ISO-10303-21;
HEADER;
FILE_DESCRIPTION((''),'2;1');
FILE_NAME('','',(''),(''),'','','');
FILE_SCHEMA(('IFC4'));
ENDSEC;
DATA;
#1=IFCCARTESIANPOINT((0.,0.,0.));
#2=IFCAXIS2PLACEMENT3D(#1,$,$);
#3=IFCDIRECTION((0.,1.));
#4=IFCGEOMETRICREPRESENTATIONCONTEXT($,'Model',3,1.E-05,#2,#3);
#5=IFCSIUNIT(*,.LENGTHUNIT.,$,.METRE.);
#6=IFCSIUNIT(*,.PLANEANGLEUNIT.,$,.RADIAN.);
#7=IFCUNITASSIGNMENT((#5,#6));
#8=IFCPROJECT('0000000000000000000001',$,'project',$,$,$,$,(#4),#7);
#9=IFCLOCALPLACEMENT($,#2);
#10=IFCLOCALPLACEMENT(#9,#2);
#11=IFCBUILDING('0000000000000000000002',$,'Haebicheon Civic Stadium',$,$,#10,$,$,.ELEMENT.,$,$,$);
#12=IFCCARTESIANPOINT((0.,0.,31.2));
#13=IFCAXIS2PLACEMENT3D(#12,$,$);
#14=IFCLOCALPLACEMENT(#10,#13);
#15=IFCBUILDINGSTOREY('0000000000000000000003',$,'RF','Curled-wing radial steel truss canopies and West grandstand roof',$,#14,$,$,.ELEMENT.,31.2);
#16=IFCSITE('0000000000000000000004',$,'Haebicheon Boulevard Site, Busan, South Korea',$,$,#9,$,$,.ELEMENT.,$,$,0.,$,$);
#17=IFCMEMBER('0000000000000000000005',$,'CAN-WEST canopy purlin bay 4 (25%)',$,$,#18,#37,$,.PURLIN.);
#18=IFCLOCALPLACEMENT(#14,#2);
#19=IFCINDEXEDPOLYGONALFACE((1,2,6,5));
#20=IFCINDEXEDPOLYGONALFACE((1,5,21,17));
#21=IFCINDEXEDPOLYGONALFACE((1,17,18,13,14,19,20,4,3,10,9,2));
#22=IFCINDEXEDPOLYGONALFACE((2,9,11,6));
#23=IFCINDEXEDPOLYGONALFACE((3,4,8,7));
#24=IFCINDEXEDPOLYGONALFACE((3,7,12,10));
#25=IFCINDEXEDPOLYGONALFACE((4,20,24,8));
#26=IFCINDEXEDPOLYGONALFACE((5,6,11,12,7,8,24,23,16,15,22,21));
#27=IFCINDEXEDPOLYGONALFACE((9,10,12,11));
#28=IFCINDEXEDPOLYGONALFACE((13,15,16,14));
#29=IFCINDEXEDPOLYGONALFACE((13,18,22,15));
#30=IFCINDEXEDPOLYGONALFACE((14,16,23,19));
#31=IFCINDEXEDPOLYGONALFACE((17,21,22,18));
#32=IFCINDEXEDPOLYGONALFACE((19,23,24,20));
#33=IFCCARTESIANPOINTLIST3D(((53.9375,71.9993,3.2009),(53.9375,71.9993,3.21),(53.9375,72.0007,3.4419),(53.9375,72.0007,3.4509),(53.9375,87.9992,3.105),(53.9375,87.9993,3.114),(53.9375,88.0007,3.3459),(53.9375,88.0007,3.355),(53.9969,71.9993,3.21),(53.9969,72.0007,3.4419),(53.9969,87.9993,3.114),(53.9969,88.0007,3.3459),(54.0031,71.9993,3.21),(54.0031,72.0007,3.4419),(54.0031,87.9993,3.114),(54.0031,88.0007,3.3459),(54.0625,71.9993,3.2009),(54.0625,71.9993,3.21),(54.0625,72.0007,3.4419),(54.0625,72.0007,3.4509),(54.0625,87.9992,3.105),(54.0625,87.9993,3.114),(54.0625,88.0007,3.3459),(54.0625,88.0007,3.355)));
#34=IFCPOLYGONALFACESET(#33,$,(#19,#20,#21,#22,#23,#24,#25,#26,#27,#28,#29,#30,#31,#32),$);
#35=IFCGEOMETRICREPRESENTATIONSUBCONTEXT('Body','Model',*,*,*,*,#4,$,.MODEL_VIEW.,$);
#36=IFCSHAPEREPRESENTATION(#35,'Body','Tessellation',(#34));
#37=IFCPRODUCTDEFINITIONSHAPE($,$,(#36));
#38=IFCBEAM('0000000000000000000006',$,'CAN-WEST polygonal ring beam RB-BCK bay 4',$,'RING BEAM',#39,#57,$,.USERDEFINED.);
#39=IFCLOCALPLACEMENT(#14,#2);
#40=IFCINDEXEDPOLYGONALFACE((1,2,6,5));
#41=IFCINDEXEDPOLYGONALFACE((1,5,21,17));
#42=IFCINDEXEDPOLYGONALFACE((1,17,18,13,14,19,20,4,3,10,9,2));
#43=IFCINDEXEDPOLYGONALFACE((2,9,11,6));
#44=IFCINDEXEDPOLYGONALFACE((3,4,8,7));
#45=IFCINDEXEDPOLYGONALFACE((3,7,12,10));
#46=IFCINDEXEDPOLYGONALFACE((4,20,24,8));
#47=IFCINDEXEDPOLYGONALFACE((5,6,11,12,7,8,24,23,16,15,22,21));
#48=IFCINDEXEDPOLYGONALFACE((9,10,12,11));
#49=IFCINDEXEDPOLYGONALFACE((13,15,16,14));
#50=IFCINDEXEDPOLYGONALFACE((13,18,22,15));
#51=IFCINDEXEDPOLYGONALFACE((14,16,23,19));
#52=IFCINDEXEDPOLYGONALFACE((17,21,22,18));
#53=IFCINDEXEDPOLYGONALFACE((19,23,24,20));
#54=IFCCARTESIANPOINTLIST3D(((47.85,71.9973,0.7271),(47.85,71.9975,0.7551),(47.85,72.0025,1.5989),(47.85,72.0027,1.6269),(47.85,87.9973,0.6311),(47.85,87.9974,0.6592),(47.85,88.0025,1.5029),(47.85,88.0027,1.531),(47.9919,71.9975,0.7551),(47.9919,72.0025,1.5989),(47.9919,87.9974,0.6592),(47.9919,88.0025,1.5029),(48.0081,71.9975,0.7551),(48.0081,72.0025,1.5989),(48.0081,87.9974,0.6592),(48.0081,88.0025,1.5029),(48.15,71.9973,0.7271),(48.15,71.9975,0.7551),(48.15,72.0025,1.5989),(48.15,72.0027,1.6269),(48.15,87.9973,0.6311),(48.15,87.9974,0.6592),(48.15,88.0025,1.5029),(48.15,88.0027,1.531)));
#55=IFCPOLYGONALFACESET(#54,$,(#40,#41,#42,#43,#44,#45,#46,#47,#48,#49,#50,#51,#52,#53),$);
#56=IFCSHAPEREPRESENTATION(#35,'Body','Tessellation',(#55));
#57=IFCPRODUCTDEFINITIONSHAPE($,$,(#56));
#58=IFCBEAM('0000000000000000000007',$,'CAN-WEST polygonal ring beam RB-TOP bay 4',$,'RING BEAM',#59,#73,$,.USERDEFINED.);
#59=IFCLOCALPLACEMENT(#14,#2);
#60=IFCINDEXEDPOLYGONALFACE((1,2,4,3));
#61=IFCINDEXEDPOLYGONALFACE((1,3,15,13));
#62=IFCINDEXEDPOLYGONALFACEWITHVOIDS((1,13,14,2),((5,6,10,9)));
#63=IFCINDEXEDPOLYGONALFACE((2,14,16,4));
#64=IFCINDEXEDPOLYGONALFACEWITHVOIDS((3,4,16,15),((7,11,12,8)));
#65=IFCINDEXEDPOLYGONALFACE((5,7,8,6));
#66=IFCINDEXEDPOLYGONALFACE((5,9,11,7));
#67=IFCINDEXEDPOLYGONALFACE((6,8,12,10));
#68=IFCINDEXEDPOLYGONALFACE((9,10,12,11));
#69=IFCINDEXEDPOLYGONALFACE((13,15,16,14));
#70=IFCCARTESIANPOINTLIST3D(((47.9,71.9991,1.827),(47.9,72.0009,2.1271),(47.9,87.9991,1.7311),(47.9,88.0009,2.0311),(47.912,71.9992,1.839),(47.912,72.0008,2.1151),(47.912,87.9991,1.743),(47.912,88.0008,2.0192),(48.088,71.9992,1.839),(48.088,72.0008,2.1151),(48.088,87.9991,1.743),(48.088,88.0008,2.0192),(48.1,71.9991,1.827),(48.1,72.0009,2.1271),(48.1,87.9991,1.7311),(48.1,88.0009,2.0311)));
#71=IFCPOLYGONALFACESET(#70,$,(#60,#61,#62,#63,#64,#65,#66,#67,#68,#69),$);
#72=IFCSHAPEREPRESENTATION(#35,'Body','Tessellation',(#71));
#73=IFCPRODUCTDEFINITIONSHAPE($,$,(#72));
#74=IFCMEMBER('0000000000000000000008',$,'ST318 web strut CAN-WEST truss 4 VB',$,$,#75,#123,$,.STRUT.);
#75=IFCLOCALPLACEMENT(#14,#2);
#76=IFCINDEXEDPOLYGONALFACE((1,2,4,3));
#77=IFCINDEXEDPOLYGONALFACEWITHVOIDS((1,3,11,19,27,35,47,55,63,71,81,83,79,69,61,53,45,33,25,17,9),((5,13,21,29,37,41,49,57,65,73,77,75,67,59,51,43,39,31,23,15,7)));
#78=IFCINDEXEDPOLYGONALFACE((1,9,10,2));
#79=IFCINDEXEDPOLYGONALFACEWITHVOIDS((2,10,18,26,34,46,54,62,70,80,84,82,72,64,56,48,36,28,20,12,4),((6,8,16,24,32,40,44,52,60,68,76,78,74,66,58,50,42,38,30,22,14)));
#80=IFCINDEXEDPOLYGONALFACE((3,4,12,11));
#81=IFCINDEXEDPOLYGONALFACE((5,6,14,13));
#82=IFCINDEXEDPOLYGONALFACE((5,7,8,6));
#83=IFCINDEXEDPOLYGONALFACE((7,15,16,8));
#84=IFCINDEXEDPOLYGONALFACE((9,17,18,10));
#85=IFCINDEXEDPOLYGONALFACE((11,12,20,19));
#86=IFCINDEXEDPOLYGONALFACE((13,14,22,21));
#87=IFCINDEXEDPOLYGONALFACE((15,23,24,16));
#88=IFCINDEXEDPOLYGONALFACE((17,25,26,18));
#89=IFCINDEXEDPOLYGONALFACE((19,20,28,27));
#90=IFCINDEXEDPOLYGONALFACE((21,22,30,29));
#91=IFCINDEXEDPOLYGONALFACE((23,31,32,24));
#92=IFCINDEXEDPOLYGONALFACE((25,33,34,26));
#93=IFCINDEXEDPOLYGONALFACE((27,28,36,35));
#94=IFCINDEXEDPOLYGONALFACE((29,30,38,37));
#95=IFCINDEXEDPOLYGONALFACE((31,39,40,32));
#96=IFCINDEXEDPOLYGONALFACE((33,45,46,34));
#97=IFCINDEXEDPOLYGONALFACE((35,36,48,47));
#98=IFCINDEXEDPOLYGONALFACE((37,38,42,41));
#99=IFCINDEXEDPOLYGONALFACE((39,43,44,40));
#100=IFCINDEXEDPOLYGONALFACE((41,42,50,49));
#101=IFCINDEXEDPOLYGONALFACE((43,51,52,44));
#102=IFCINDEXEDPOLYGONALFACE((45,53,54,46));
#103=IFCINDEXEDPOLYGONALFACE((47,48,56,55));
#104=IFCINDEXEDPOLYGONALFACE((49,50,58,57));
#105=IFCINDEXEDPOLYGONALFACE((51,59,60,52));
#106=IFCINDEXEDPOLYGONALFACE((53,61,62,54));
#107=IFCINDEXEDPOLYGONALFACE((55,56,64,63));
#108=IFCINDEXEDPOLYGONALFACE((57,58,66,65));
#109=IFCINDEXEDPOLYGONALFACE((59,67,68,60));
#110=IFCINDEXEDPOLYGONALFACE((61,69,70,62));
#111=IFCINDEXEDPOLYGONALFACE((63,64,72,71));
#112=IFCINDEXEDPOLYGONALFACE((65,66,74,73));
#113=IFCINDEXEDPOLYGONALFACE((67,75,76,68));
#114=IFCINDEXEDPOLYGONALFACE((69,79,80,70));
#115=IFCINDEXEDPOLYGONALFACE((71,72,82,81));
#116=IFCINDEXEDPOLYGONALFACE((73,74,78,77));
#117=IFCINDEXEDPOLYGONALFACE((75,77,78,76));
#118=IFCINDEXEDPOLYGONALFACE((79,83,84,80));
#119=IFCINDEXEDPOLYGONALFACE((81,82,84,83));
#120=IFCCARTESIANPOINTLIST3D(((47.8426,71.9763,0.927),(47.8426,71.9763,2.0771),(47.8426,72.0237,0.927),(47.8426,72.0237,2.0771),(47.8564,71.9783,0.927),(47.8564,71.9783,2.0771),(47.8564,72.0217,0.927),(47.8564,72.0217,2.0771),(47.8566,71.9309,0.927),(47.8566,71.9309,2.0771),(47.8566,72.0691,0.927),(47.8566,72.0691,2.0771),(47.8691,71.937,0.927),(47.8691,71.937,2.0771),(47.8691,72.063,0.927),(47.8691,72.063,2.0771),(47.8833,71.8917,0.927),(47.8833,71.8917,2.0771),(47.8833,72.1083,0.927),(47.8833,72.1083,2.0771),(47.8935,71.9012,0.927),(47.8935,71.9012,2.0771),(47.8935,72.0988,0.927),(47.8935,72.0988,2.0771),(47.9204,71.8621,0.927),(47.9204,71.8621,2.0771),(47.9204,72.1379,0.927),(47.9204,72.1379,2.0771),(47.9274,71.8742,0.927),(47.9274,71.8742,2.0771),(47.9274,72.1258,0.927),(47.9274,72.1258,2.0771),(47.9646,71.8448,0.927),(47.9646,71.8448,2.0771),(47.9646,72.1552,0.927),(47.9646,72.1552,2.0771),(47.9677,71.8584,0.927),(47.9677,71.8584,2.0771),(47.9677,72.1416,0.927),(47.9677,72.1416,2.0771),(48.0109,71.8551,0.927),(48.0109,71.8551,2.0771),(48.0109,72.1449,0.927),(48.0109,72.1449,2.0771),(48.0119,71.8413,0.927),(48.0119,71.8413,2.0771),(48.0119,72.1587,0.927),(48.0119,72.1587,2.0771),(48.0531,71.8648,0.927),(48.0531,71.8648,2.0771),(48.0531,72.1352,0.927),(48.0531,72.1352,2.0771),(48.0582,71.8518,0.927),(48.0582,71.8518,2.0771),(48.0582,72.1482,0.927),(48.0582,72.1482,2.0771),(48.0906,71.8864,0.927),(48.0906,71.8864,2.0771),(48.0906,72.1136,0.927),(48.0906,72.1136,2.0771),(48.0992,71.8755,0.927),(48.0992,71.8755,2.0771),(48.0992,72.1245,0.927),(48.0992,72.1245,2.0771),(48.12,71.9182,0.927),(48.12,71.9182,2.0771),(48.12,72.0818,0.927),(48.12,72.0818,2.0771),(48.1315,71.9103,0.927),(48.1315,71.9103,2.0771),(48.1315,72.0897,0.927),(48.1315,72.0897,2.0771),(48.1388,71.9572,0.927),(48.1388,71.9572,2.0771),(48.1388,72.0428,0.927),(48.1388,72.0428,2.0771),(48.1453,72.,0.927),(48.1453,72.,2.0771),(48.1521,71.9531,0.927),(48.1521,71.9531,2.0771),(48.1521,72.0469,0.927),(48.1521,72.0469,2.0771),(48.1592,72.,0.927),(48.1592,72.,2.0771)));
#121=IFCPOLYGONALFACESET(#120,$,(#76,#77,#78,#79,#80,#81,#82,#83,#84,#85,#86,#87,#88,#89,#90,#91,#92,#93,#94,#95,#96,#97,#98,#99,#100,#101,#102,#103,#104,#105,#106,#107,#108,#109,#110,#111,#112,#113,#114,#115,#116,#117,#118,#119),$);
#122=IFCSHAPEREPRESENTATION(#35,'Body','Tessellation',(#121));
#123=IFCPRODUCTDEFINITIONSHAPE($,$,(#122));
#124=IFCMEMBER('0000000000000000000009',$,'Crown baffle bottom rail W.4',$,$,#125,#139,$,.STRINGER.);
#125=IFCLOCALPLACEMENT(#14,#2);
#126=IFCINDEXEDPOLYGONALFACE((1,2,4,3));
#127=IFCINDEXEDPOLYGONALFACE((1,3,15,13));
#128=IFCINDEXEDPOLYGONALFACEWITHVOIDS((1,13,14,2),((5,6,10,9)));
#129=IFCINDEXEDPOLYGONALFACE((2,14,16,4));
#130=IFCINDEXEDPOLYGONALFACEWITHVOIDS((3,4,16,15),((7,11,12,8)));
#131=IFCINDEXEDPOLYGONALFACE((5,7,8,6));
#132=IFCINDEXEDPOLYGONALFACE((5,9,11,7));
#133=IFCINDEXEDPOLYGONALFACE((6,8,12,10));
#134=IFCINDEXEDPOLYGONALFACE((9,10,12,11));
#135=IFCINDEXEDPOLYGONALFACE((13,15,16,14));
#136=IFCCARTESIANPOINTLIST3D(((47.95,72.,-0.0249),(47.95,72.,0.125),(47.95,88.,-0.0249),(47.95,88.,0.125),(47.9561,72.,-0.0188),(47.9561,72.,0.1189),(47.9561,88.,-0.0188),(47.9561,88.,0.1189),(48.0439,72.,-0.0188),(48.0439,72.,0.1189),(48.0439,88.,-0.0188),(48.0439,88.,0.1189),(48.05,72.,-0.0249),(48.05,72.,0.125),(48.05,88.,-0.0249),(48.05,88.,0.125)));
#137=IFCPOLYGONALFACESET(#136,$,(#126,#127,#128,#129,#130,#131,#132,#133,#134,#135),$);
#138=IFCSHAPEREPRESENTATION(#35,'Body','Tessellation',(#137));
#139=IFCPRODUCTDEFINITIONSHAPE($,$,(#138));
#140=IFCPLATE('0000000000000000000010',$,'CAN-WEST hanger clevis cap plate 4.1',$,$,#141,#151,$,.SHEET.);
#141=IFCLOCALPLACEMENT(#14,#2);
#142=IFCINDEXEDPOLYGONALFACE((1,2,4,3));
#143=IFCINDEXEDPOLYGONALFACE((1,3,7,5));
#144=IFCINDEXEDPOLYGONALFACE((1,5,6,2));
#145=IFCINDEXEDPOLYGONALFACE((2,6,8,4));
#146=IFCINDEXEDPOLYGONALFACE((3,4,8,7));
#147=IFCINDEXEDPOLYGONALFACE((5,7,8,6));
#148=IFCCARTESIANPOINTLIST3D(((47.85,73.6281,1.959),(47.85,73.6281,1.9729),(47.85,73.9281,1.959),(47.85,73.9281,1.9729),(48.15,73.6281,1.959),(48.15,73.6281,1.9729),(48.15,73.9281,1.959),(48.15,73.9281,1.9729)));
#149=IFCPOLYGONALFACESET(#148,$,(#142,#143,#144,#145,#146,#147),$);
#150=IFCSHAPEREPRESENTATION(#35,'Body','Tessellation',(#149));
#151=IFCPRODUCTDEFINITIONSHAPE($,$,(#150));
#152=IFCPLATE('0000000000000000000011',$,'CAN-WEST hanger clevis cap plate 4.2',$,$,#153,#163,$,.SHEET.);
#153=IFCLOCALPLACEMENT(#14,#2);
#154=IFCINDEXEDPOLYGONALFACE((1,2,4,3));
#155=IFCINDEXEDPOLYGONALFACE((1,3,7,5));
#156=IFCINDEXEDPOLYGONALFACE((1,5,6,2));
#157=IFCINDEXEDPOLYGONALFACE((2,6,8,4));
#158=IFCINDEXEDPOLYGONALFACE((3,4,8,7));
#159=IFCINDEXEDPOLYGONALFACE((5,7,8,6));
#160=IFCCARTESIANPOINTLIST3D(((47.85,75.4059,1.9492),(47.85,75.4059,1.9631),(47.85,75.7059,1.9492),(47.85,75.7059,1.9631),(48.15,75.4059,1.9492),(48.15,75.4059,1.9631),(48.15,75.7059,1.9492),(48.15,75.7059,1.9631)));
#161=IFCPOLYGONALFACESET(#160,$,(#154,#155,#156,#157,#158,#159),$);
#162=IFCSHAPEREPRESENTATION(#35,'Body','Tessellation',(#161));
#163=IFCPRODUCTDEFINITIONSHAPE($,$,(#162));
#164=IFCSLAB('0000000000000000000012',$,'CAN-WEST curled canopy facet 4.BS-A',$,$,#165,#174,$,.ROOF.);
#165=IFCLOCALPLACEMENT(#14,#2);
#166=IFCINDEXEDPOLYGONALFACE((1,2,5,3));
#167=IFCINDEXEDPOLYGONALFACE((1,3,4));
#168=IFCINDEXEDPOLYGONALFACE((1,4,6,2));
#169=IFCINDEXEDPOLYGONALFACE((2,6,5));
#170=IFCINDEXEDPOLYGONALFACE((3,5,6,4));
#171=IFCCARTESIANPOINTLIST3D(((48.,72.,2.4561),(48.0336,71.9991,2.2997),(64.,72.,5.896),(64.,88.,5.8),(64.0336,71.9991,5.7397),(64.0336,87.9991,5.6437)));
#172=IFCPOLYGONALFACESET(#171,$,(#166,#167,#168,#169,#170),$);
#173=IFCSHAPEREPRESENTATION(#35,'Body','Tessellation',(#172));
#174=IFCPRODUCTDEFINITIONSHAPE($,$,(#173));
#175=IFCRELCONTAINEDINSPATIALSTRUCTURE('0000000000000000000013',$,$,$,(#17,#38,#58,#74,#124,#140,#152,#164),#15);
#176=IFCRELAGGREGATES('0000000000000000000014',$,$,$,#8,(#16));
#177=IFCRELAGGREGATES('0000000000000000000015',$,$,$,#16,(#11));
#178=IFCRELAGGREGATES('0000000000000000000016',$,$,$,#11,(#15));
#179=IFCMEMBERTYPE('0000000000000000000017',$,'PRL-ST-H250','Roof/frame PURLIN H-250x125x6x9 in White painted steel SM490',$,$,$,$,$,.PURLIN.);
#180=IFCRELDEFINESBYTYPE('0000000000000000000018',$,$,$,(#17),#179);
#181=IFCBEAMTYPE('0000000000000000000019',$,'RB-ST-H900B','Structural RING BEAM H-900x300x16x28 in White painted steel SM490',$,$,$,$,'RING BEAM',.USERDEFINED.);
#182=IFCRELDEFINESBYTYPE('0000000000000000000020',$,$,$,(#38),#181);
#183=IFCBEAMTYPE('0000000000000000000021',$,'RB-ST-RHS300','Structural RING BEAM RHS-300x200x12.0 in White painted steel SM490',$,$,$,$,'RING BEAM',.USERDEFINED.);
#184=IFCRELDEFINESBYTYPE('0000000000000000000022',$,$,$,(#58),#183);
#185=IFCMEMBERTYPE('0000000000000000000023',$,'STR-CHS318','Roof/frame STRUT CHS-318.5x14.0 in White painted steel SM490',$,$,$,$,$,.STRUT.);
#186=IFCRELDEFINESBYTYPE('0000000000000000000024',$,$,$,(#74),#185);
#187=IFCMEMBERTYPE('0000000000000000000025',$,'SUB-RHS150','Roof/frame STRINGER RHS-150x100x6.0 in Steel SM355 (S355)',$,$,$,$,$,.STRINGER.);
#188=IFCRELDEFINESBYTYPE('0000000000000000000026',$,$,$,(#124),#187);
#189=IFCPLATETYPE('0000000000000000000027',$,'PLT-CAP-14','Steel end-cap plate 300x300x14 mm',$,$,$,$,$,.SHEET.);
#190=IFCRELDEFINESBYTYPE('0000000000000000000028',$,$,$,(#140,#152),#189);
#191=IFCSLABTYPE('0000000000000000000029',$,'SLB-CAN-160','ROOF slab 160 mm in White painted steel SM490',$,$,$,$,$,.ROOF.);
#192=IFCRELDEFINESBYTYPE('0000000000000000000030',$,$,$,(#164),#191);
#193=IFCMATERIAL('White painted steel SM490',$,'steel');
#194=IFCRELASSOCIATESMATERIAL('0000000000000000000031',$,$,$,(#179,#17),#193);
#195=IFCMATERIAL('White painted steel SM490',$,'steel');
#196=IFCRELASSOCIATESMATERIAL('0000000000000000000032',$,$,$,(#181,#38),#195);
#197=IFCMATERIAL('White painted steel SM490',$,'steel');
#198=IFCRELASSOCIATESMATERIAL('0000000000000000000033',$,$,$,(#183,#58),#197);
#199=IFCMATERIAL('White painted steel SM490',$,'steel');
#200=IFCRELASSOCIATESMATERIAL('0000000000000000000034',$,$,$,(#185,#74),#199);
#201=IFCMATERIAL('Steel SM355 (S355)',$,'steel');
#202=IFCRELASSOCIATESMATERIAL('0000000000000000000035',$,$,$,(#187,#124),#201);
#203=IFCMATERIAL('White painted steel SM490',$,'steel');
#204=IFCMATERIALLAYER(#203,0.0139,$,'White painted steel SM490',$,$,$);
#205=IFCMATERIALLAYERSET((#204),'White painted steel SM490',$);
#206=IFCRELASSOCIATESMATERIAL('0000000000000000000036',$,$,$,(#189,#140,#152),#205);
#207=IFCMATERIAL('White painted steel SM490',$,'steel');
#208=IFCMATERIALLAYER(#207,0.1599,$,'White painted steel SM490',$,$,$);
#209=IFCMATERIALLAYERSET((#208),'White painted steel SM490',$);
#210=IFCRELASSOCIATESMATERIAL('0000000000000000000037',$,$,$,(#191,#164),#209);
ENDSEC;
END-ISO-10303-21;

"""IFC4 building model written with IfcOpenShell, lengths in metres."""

from ifc_helpers import new_model, si_unit, direction, frame, origin, origin_2d, place, context, subcontext, project, spatial, polyline, rectangle, hollow_rectangle, hollow_circle, i_section, outline, extrude, material, layer, layer_set, material_profile, profile_set, type_object, element, save


model = new_model("IFC4")

# Units and contexts
model_context = context("Model", 3, precision=1e-05, world=origin(), true_north=direction((0.0, 1.0)))
body_context = subcontext(model_context, "Body", "Model", "MODEL_VIEW")
ifc_project = project(units=[si_unit("LENGTHUNIT", "METRE"), si_unit("PLANEANGLEUNIT", "RADIAN")], contexts=[model_context])

# Site, building, storey
site_placement = place(None, origin())
site = spatial("IfcSite", under=ifc_project, at=site_placement, Name="Haebicheon Boulevard Site, Busan, South Korea", CompositionType="ELEMENT", RefElevation=0.0)
building_placement = place(site_placement, origin())
building = spatial("IfcBuilding", under=site, at=building_placement, Name="Haebicheon Civic Stadium", CompositionType="ELEMENT")
storey_placement = place(building_placement, frame((0.0, 0.0, 31.2)))
storey = spatial("IfcBuildingStorey", under=building, at=storey_placement, Name="RF", Description="Curled-wing radial steel truss canopies and West grandstand roof", CompositionType="ELEMENT", Elevation=31.2)

# Member
ifc_material_1 = material(Name="White painted steel SM490", Category="steel")
ifc_material_profile_1 = material_profile(ifc_material_1, i_section(OverallWidth=0.125, OverallDepth=0.25, WebThickness=0.0061, FlangeThickness=0.009, at=origin_2d()), Name="H-250x125x6x9")
ifc_profile_set_1 = profile_set([ifc_material_profile_1], Name="White painted steel SM490")
member_type_1 = type_object("IfcMemberType", Name="PRL-ST-H250", Description="Roof/frame PURLIN H-250x125x6x9 in White painted steel SM490", PredefinedType="PURLIN", material=ifc_profile_set_1)
member_1_placement = place(storey_placement, frame((54.0, 72.0, 3.3259), z_axis=(0.0, 0.999982, -0.005997), x_axis=(-1.0, 0.0, 0.0)))
element("IfcMember", 1, at=member_1_placement, inside=storey, type_object=member_type_1, material=ifc_profile_set_1, Name="CAN-WEST canopy purlin bay 4 (25%)", PredefinedType="PURLIN", context=body_context, shape_type="SweptSolid", body=[
    extrude(i_section(OverallWidth=0.125, OverallDepth=0.25, WebThickness=0.0061, FlangeThickness=0.009, at=origin_2d()), origin(), (0.0, 0.0, 1.0), 16.0002),
])

# Beams
ifc_material_2 = material(Name="White painted steel SM490", Category="steel")
ifc_material_profile_2 = material_profile(ifc_material_2, i_section(OverallWidth=0.3, OverallDepth=0.8999, WebThickness=0.0161, FlangeThickness=0.0281, at=origin_2d()), Name="H-900x300x16x28")
ifc_profile_set_2 = profile_set([ifc_material_profile_2], Name="White painted steel SM490")
beam_type_1 = type_object("IfcBeamType", Name="RB-ST-H900B", Description="Structural RING BEAM H-900x300x16x28 in White painted steel SM490", ElementType="RING BEAM", PredefinedType="USERDEFINED", material=ifc_profile_set_2)
beam_1_placement = place(storey_placement, frame((48.0, 72.0, 1.177), z_axis=(0.0, 0.999982, -0.005997), x_axis=(-1.0, 0.0, 0.0)))
element("IfcBeam", 2, at=beam_1_placement, inside=storey, type_object=beam_type_1, material=ifc_profile_set_2, Name="CAN-WEST polygonal ring beam RB-BCK bay 4", ObjectType="RING BEAM", PredefinedType="USERDEFINED", context=body_context, shape_type="SweptSolid", body=[
    extrude(i_section(OverallWidth=0.3, OverallDepth=0.8999, WebThickness=0.0161, FlangeThickness=0.0281, at=origin_2d()), origin(), (0.0, 0.0, 1.0), 16.0002),
])
ifc_material_3 = material(Name="White painted steel SM490", Category="steel")
ifc_material_profile_3 = material_profile(ifc_material_3, hollow_rectangle(XDim=0.2, YDim=0.3, WallThickness=0.012, at=origin_2d()), Name="RHS-300x200x12.0")
ifc_profile_set_3 = profile_set([ifc_material_profile_3], Name="White painted steel SM490")
beam_type_2 = type_object("IfcBeamType", Name="RB-ST-RHS300", Description="Structural RING BEAM RHS-300x200x12.0 in White painted steel SM490", ElementType="RING BEAM", PredefinedType="USERDEFINED", material=ifc_profile_set_3)
beam_2_placement = place(storey_placement, frame((48.0, 72.0, 1.9771), z_axis=(0.0, 0.999982, -0.005997), x_axis=(-1.0, 0.0, 0.0)))
element("IfcBeam", 3, at=beam_2_placement, inside=storey, type_object=beam_type_2, material=ifc_profile_set_3, Name="CAN-WEST polygonal ring beam RB-TOP bay 4", ObjectType="RING BEAM", PredefinedType="USERDEFINED", context=body_context, shape_type="SweptSolid", body=[
    extrude(hollow_rectangle(XDim=0.2, YDim=0.3, WallThickness=0.012, at=origin_2d()), origin(), (0.0, 0.0, 1.0), 16.0002),
])

# Members
ifc_material_4 = material(Name="White painted steel SM490", Category="steel")
ifc_material_profile_4 = material_profile(ifc_material_4, hollow_circle(Radius=0.1592, WallThickness=0.0139, at=origin_2d()), Name="CHS-318.5x14.0")
ifc_profile_set_4 = profile_set([ifc_material_profile_4], Name="White painted steel SM490")
member_type_2 = type_object("IfcMemberType", Name="STR-CHS318", Description="Roof/frame STRUT CHS-318.5x14.0 in White painted steel SM490", PredefinedType="STRUT", material=ifc_profile_set_4)
member_2_placement = place(storey_placement, frame((48.0, 72.0, 0.927), z_axis=(0.0, 0.0, 1.0), x_axis=(1.0, 0.0, 0.0)))
element("IfcMember", 4, at=member_2_placement, inside=storey, type_object=member_type_2, material=ifc_profile_set_4, Name="ST318 web strut CAN-WEST truss 4 VB", PredefinedType="STRUT", context=body_context, shape_type="SweptSolid", body=[
    extrude(hollow_circle(Radius=0.1592, WallThickness=0.0139, at=origin_2d()), origin(), (0.0, 0.0, 1.0), 1.1501),
])
ifc_material_5 = material(Name="Steel SM355 (S355)", Category="steel")
ifc_material_profile_5 = material_profile(ifc_material_5, hollow_rectangle(XDim=0.1001, YDim=0.1499, WallThickness=0.0061, at=origin_2d()), Name="RHS-150x100x6.0")
ifc_profile_set_5 = profile_set([ifc_material_profile_5], Name="Steel SM355 (S355)")
member_type_3 = type_object("IfcMemberType", Name="SUB-RHS150", Description="Roof/frame STRINGER RHS-150x100x6.0 in Steel SM355 (S355)", PredefinedType="STRINGER", material=ifc_profile_set_5)
member_3_placement = place(storey_placement, frame((48.0, 72.0, 0.05), z_axis=(0.0, 1.0, 0.0), x_axis=(-1.0, 0.0, 0.0)))
element("IfcMember", 5, at=member_3_placement, inside=storey, type_object=member_type_3, material=ifc_profile_set_5, Name="Crown baffle bottom rail W.4", PredefinedType="STRINGER", context=body_context, shape_type="SweptSolid", body=[
    extrude(hollow_rectangle(XDim=0.1001, YDim=0.1499, WallThickness=0.0061, at=origin_2d()), origin(), (0.0, 0.0, 1.0), 16.0),
])

# Plates
ifc_material_6 = material(Name="White painted steel SM490", Category="steel")
ifc_layer_1 = layer(ifc_material_6, 0.0139, Name="White painted steel SM490")
ifc_layer_set_1 = layer_set([ifc_layer_1], Name="White painted steel SM490")
plate_type = type_object("IfcPlateType", Name="PLT-CAP-14", Description="Steel end-cap plate 300x300x14 mm", PredefinedType="SHEET", material=ifc_layer_set_1)
for number, where, z_axis, x_axis, name in (
    (6, (48.0, 73.7781, 1.959), (0.0, 0.0, 1.0), (1.0, 0.0, 0.0), "CAN-WEST hanger clevis cap plate 4.1"),
    (7, (48.0, 75.5559, 1.9492), (0.0, 0.0, 1.0), (1.0, 0.0, 0.0), "CAN-WEST hanger clevis cap plate 4.2"),
):
    element("IfcPlate", number, at=place(storey_placement, frame(where, z_axis=z_axis, x_axis=x_axis)), inside=storey, type_object=plate_type, material=ifc_layer_set_1, Name=name, PredefinedType="SHEET", context=body_context, shape_type="SweptSolid", body=[
        extrude(rectangle(XDim=0.3, YDim=0.3, at=origin_2d()), origin(), (0.0, 0.0, 1.0), 0.0139),
    ])

# Slab
ifc_material_7 = material(Name="White painted steel SM490", Category="steel")
ifc_layer_2 = layer(ifc_material_7, 0.1599, Name="White painted steel SM490")
ifc_layer_set_2 = layer_set([ifc_layer_2], Name="White painted steel SM490")
slab_type = type_object("IfcSlabType", Name="SLB-CAN-160", Description="ROOF slab 160 mm in White painted steel SM490", PredefinedType="ROOF", material=ifc_layer_set_2)
slab_1_placement = place(storey_placement, frame((48.0, 72.0, 2.4561), z_axis=(-0.21019, 0.005863, 0.977643), x_axis=(0.97766, 0.0, 0.210193)))
element("IfcSlab", 8, at=slab_1_placement, inside=storey, type_object=slab_type, material=ifc_layer_set_2, Name="CAN-WEST curled canopy facet 4.BS-A", PredefinedType="ROOF", context=body_context, shape_type="SweptSolid", body=[
    extrude(outline(polyline([(0.0, 0.0), (16.3656, 0.0), (16.3454, 16.0003), (0.0, 0.0)])), origin(), (0.0, 0.0, -1.0), 0.1599),
])

save(model, "model.ifc")
